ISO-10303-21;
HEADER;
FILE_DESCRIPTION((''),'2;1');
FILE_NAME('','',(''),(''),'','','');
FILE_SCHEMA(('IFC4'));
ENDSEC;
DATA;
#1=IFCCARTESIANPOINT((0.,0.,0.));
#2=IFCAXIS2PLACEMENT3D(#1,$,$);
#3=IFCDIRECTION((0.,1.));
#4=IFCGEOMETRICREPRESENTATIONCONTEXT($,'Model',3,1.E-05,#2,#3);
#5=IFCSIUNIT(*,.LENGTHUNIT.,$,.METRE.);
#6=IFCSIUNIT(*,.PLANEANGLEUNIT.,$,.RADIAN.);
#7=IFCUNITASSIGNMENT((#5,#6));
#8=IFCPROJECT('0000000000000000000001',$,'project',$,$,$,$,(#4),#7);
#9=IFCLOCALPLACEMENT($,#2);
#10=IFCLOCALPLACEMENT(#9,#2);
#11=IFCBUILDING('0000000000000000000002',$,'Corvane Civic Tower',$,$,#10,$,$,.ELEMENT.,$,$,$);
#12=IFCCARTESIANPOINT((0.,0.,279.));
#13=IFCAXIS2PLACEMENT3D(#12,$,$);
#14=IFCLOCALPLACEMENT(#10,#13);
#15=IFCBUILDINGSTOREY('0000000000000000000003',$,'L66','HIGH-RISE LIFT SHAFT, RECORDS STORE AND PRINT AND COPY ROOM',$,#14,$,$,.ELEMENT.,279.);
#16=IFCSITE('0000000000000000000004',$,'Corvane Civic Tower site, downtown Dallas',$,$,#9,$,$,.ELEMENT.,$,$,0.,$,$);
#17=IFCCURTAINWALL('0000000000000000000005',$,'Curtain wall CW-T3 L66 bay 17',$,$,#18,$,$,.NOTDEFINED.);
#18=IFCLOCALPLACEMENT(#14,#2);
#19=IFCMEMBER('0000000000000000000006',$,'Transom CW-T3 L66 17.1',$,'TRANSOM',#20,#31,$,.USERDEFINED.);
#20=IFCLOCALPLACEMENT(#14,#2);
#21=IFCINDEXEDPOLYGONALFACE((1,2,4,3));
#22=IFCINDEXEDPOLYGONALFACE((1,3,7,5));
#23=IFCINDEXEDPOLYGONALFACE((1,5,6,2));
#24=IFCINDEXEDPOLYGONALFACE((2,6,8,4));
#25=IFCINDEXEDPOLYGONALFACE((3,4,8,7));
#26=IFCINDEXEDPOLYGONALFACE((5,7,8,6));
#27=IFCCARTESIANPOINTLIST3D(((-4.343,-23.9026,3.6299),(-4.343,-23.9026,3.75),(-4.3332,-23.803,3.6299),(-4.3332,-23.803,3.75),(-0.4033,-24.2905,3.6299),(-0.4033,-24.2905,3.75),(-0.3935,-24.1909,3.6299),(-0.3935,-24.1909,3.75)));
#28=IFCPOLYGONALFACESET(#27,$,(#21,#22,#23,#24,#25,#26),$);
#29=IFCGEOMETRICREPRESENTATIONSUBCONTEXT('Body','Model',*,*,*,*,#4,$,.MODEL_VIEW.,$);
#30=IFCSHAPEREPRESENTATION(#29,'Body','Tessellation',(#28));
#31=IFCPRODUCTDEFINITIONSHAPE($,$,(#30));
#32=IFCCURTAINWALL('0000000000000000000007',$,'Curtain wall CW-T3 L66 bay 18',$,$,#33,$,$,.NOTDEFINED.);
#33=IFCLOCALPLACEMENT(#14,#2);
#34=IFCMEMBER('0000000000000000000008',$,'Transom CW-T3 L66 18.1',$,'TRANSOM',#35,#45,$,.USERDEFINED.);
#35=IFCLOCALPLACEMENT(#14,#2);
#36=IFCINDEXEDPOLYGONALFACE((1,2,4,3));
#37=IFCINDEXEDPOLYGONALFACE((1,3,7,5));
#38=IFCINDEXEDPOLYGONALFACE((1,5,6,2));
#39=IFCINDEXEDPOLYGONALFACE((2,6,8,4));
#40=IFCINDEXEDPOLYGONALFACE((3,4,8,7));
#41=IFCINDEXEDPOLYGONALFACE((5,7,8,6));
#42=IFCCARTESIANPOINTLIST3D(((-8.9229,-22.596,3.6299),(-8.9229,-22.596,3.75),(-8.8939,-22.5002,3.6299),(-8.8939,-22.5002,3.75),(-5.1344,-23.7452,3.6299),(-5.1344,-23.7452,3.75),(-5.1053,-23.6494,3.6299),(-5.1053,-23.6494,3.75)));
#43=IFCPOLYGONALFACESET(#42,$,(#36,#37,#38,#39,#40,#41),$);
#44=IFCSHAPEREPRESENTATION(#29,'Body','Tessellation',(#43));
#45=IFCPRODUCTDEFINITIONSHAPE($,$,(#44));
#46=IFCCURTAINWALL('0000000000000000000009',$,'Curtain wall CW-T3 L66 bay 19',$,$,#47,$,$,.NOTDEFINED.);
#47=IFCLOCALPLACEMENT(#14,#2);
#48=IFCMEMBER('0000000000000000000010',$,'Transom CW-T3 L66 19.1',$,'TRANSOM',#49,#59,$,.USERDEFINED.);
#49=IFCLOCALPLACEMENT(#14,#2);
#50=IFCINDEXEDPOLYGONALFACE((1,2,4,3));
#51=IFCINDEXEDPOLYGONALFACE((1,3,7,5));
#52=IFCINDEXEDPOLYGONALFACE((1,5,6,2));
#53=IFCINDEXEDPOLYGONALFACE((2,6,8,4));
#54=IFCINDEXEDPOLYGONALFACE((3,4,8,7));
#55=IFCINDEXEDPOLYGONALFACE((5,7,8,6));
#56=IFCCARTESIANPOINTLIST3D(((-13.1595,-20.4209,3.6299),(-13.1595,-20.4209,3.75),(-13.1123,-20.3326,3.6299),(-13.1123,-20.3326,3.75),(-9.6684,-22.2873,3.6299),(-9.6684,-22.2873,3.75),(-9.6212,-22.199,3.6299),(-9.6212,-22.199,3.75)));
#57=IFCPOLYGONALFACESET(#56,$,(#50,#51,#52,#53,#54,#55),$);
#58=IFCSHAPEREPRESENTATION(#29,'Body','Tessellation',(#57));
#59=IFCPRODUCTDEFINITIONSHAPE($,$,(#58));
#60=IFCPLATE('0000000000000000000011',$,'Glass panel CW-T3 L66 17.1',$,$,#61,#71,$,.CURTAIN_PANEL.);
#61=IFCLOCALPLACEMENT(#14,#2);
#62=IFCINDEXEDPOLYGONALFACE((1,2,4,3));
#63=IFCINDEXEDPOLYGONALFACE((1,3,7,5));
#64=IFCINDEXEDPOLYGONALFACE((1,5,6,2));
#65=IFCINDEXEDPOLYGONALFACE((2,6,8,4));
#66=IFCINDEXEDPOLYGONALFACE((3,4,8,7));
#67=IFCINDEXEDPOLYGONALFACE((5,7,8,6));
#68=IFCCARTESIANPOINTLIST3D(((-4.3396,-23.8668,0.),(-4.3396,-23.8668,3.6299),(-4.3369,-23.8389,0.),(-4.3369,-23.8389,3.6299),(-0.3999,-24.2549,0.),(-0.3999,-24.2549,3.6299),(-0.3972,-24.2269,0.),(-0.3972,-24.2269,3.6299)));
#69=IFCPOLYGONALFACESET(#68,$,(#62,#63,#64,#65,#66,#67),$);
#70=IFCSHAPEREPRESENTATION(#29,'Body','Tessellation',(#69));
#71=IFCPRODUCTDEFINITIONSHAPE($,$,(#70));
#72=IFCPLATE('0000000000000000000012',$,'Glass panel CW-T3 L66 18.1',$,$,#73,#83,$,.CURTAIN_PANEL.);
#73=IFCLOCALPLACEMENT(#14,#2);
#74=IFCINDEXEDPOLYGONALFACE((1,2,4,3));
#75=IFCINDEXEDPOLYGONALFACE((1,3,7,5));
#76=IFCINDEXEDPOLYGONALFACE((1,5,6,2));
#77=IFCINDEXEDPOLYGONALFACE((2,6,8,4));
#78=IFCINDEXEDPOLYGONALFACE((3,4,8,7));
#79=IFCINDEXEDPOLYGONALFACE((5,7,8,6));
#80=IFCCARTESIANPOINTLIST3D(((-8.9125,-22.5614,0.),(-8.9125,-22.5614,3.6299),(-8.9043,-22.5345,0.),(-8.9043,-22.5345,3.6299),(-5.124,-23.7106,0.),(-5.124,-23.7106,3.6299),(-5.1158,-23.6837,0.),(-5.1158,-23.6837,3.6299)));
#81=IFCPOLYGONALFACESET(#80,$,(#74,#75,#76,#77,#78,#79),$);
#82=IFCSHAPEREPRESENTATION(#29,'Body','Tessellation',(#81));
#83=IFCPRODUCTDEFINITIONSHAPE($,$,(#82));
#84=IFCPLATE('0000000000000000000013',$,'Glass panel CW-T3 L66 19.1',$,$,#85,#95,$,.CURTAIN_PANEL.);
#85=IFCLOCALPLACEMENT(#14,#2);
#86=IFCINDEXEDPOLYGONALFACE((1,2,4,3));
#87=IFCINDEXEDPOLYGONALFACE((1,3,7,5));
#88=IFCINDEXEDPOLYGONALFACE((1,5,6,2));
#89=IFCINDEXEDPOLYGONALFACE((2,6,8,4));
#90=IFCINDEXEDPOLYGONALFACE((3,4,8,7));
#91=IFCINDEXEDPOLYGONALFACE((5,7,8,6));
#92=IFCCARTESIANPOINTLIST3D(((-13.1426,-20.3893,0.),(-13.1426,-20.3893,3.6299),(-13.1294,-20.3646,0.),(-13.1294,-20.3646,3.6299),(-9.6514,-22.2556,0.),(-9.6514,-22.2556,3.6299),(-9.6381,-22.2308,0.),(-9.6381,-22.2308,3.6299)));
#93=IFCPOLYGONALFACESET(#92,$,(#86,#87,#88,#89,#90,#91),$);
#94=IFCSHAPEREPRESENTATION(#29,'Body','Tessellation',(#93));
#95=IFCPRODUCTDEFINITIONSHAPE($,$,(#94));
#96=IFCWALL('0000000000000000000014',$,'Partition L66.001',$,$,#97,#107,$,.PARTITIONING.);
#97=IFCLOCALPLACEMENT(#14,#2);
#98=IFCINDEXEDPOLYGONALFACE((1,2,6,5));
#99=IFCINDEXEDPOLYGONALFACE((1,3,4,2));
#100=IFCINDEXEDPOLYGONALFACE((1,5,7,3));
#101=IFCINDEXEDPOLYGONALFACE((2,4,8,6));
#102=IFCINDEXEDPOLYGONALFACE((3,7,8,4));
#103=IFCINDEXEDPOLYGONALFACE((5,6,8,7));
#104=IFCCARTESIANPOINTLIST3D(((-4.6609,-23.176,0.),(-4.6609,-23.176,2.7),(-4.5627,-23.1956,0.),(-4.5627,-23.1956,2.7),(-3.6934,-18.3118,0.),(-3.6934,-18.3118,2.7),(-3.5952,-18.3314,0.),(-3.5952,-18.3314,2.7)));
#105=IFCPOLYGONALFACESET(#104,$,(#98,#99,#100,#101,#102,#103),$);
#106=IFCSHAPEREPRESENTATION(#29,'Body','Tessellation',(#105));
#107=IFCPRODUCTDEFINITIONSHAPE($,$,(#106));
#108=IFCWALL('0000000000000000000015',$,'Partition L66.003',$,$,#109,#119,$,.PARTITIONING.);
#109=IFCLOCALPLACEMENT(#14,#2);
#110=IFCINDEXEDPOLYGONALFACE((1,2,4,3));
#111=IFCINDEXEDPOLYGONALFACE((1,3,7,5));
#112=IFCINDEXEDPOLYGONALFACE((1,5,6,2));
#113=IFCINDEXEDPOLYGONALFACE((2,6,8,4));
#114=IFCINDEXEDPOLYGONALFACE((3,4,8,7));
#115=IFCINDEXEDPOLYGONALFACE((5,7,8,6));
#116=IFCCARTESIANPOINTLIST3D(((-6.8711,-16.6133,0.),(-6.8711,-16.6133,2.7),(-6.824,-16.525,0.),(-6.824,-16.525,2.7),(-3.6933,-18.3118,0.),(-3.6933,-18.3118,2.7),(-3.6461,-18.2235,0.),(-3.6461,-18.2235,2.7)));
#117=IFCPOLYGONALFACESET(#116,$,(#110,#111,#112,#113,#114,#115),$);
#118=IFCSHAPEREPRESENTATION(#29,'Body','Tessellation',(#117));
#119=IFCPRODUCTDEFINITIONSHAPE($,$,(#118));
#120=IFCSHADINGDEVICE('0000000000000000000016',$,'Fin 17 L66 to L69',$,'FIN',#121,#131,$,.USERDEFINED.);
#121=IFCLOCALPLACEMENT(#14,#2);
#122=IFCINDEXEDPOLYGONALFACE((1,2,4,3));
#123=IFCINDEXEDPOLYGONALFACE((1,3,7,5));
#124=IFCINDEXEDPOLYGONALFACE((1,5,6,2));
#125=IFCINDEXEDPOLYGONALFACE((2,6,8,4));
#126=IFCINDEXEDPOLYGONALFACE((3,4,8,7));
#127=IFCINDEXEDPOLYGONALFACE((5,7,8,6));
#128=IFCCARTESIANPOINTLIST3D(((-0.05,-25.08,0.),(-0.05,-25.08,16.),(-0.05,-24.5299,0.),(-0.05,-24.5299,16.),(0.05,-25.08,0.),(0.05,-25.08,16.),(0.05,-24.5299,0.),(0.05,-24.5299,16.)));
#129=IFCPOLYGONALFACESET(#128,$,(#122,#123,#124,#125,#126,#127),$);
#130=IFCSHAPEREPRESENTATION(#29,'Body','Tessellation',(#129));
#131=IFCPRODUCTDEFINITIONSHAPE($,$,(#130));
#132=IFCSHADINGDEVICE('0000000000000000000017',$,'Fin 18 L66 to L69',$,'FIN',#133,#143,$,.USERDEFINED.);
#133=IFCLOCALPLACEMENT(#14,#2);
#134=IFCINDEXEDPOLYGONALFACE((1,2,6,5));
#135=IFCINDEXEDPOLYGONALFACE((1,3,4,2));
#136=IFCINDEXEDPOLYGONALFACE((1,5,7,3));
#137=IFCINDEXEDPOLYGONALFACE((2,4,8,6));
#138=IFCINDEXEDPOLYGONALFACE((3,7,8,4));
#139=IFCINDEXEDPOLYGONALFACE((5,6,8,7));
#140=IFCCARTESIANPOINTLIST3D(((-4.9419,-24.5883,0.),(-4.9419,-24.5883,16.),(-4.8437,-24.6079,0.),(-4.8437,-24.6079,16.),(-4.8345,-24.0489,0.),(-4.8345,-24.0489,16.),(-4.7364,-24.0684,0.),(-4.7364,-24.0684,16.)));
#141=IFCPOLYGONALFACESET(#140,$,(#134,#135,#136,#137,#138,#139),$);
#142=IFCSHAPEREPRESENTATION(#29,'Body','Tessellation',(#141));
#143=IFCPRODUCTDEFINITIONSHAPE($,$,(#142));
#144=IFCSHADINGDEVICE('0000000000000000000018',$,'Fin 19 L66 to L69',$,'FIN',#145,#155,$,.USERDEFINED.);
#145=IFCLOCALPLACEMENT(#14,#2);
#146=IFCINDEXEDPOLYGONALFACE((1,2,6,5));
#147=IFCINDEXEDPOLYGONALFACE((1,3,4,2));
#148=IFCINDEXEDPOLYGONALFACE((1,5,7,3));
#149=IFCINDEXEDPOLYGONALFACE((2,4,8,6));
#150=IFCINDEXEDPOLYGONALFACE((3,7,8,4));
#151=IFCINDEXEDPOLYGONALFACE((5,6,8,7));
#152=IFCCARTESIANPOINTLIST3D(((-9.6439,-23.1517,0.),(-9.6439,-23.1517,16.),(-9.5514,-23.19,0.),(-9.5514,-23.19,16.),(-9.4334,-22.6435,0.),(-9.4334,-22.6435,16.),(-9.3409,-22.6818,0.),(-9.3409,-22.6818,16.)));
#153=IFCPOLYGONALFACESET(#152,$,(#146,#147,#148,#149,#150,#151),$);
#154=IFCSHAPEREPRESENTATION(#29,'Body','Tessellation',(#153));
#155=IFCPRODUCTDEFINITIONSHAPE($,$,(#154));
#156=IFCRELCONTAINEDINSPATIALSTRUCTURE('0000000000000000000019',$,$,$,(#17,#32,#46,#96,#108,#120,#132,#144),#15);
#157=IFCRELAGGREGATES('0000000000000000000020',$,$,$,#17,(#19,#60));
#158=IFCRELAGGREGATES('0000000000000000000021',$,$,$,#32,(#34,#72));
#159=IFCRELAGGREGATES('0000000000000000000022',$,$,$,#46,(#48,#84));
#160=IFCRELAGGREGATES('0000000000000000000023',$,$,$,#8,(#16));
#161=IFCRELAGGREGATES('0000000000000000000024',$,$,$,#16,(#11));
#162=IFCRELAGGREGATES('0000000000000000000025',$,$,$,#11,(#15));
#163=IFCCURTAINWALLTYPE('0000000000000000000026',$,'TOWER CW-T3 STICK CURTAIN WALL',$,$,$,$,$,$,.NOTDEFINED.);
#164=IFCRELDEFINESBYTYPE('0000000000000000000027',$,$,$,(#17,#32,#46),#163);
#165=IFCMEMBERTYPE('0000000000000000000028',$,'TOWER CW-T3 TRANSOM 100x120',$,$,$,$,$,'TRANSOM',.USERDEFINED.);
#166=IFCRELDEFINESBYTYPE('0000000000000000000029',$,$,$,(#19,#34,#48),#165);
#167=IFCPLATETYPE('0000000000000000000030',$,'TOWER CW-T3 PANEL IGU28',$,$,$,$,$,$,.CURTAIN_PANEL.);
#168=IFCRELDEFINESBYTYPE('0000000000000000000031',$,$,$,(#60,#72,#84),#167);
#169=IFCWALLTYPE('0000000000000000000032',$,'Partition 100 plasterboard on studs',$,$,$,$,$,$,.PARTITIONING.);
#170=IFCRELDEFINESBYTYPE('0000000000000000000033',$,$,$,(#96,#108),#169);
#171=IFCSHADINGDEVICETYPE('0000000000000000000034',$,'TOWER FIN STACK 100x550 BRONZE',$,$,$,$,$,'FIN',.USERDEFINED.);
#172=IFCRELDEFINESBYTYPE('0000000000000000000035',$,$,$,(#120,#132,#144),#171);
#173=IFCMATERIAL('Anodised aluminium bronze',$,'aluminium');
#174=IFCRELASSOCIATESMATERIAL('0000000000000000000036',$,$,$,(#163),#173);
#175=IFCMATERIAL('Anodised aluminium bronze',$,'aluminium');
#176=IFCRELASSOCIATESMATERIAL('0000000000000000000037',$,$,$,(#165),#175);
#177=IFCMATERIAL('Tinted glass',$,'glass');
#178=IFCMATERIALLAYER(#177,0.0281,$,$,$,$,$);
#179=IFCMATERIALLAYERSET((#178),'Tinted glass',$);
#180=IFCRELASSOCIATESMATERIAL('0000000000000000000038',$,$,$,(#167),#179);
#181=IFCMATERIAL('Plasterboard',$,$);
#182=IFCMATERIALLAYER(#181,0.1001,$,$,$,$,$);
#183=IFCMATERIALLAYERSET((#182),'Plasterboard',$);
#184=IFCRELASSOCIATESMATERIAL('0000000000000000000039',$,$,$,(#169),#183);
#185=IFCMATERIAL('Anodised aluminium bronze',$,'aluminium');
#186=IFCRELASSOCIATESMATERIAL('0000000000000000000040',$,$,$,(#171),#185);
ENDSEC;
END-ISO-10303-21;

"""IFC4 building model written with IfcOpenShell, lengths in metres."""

from ifc_helpers import new_model, si_unit, direction, frame, frame_2d, origin, origin_2d, place, context, subcontext, project, spatial, rectangle, extrude, material, layer, layer_set, material_profile, profile_set, type_object, element, aggregate, save


model = new_model("IFC4")

# Units and contexts
model_context = context("Model", 3, precision=1e-05, world=origin(), true_north=direction((0.0, 1.0)))
body_context = subcontext(model_context, "Body", "Model", "MODEL_VIEW")
ifc_project = project(units=[si_unit("LENGTHUNIT", "METRE"), si_unit("PLANEANGLEUNIT", "RADIAN")], contexts=[model_context])

# Site, building, storey
site_placement = place(None, origin())
site = spatial("IfcSite", under=ifc_project, at=site_placement, Name="Corvane Civic Tower site, downtown Dallas", CompositionType="ELEMENT", RefElevation=0.0)
building_placement = place(site_placement, origin())
building = spatial("IfcBuilding", under=site, at=building_placement, Name="Corvane Civic Tower", CompositionType="ELEMENT")
storey_placement = place(building_placement, frame((0.0, 0.0, 279.0)))
storey = spatial("IfcBuildingStorey", under=building, at=storey_placement, Name="L66", Description="HIGH-RISE LIFT SHAFT, RECORDS STORE AND PRINT AND COPY ROOM", CompositionType="ELEMENT", Elevation=279.0)

# Curtain walls, members
ifc_material_1 = material(Name="Anodised aluminium bronze", Category="aluminium")
curtain_wall_type = type_object("IfcCurtainWallType", Name="TOWER CW-T3 STICK CURTAIN WALL", PredefinedType="NOTDEFINED", material=ifc_material_1)
curtain_wall_1_placement = place(storey_placement, origin())
curtain_wall_1 = element("IfcCurtainWall", 1, at=curtain_wall_1_placement, inside=storey, type_object=curtain_wall_type, Name="Curtain wall CW-T3 L66 bay 17", PredefinedType="NOTDEFINED")
ifc_material_2 = material(Name="Anodised aluminium bronze", Category="aluminium")
ifc_material_profile_1 = material_profile(ifc_material_2, rectangle(XDim=0.1001, YDim=0.1201, at=origin_2d()), Name="TOWER CW-T3 TRANSOM 100x120")
ifc_profile_set_1 = profile_set([ifc_material_profile_1], Name="Anodised aluminium bronze")
member_type = type_object("IfcMemberType", Name="TOWER CW-T3 TRANSOM 100x120", ElementType="TRANSOM", PredefinedType="USERDEFINED", material=ifc_profile_set_1)
member_1_placement = place(storey_placement, frame((-0.3984, -24.2407, 3.6899), z_axis=(-0.995187, 0.097995, 0.0), x_axis=(-0.097995, -0.995187, 0.0)))
member_1 = element("IfcMember", 2, at=member_1_placement, type_object=member_type, Name="Transom CW-T3 L66 17.1", ObjectType="TRANSOM", PredefinedType="USERDEFINED", context=body_context, shape_type="SweptSolid", body=[
    extrude(rectangle(XDim=0.1001, YDim=0.1201, at=origin_2d()), origin(), (0.0, 0.0, 1.0), 3.9587),
])
curtain_wall_2_placement = place(storey_placement, origin())
curtain_wall_2 = element("IfcCurtainWall", 3, at=curtain_wall_2_placement, inside=storey, type_object=curtain_wall_type, Name="Curtain wall CW-T3 L66 bay 18", PredefinedType="NOTDEFINED")
member_2_placement = place(storey_placement, frame((-5.1199, -23.6973, 3.6899), z_axis=(-0.956946, 0.290266, 0.0), x_axis=(-0.290266, -0.956946, 0.0)))
member_2 = element("IfcMember", 4, at=member_2_placement, type_object=member_type, Name="Transom CW-T3 L66 18.1", ObjectType="TRANSOM", PredefinedType="USERDEFINED", context=body_context, shape_type="SweptSolid", body=[
    extrude(rectangle(XDim=0.1001, YDim=0.1201, at=origin_2d()), origin(), (0.0, 0.0, 1.0), 3.959),
])
curtain_wall_3_placement = place(storey_placement, origin())
curtain_wall_3 = element("IfcCurtainWall", 5, at=curtain_wall_3_placement, inside=storey, type_object=curtain_wall_type, Name="Curtain wall CW-T3 L66 bay 19", PredefinedType="NOTDEFINED")
member_3_placement = place(storey_placement, frame((-9.6448, -22.2432, 3.6899), z_axis=(-0.881883, 0.471468, 0.0), x_axis=(-0.471468, -0.881883, 0.0)))
member_3 = element("IfcMember", 6, at=member_3_placement, type_object=member_type, Name="Transom CW-T3 L66 19.1", ObjectType="TRANSOM", PredefinedType="USERDEFINED", context=body_context, shape_type="SweptSolid", body=[
    extrude(rectangle(XDim=0.1001, YDim=0.1201, at=origin_2d()), origin(), (0.0, 0.0, 1.0), 3.9587),
])

# Plates
ifc_material_3 = material(Name="Tinted glass", Category="glass")
ifc_layer_1 = layer(ifc_material_3, 0.0281)
ifc_layer_set_1 = layer_set([ifc_layer_1], Name="Tinted glass")
plate_type = type_object("IfcPlateType", Name="TOWER CW-T3 PANEL IGU28", PredefinedType="CURTAIN_PANEL", material=ifc_layer_set_1)
plate_1_placement = place(storey_placement, frame((-2.3684, -24.0469, 0.0), z_axis=(0.0, 0.0, 1.0), x_axis=(-0.995184, 0.098021, 0.0)))
plate_1 = element("IfcPlate", 7, at=plate_1_placement, type_object=plate_type, Name="Glass panel CW-T3 L66 17.1", PredefinedType="CURTAIN_PANEL", context=body_context, shape_type="SweptSolid", body=[
    extrude(rectangle(XDim=3.9587, YDim=0.0281, at=origin_2d()), origin(), (0.0, 0.0, 1.0), 3.6299),
])
aggregate(curtain_wall_1, [member_1, plate_1])
plate_2_placement = place(storey_placement, frame((-7.0142, -23.1226, 0.0), z_axis=(0.0, 0.0, 1.0), x_axis=(-0.956944, 0.290274, 0.0)))
plate_2 = element("IfcPlate", 8, at=plate_2_placement, type_object=plate_type, Name="Glass panel CW-T3 L66 18.1", PredefinedType="CURTAIN_PANEL", context=body_context, shape_type="SweptSolid", body=[
    extrude(rectangle(XDim=3.959, YDim=0.0281, at=origin_2d()), origin(), (0.0, 0.0, 1.0), 3.6299),
])
aggregate(curtain_wall_2, [member_2, plate_2])
plate_3_placement = place(storey_placement, frame((-11.3904, -21.3101, 0.0), z_axis=(0.0, 0.0, 1.0), x_axis=(-0.881908, 0.471421, 0.0)))
plate_3 = element("IfcPlate", 9, at=plate_3_placement, type_object=plate_type, Name="Glass panel CW-T3 L66 19.1", PredefinedType="CURTAIN_PANEL", context=body_context, shape_type="SweptSolid", body=[
    extrude(rectangle(XDim=3.9587, YDim=0.0281, at=origin_2d()), origin(), (0.0, 0.0, 1.0), 3.6299),
])
aggregate(curtain_wall_3, [member_3, plate_3])

# Walls
ifc_material_4 = material(Name="Plasterboard")
ifc_layer_2 = layer(ifc_material_4, 0.1001)
ifc_layer_set_2 = layer_set([ifc_layer_2], Name="Plasterboard")
wall_type = type_object("IfcWallType", Name="Partition 100 plasterboard on studs", PredefinedType="PARTITIONING", material=ifc_layer_set_2)
wall_1_placement = place(storey_placement, frame((-4.6118, -23.1858, 0.0), z_axis=(0.0, 0.0, 1.0), x_axis=(0.195084, 0.980787, 0.0)))
element("IfcWall", 10, at=wall_1_placement, inside=storey, type_object=wall_type, Name="Partition L66.001", PredefinedType="PARTITIONING", context=body_context, shape_type="SweptSolid", body=[
    extrude(rectangle(XDim=4.9595, YDim=0.1001, at=frame_2d((2.4797, 0.0))), origin(), (0.0, 0.0, 1.0), 2.7),
])
wall_2_placement = place(storey_placement, frame((-6.8477, -16.5691, 0.0), z_axis=(0.0, 0.0, 1.0), x_axis=(0.881927, -0.471386, 0.0)))
element("IfcWall", 11, at=wall_2_placement, inside=storey, type_object=wall_type, Name="Partition L66.003", PredefinedType="PARTITIONING", context=body_context, shape_type="SweptSolid", body=[
    extrude(rectangle(XDim=3.6033, YDim=0.1001, at=frame_2d((1.8018, 0.0))), origin(), (0.0, 0.0, 1.0), 2.7),
])

# Shading devices
ifc_material_5 = material(Name="Anodised aluminium bronze", Category="aluminium")
ifc_material_profile_2 = material_profile(ifc_material_5, rectangle(XDim=0.1001, YDim=0.55, at=origin_2d()), Name="TOWER FIN STACK 100x550 BRONZE")
ifc_profile_set_2 = profile_set([ifc_material_profile_2], Name="Anodised aluminium bronze")
shading_device_type = type_object("IfcShadingDeviceType", Name="TOWER FIN STACK 100x550 BRONZE", ElementType="FIN", PredefinedType="USERDEFINED", material=ifc_profile_set_2)
for number, where, z_axis, x_axis, name in (
    (12, (0.0, -24.8049, 0.0), (0.0, 0.0, 1.0), (-1.0, 0.0, 0.0), "Fin 17 L66 to L69"),
    (13, (-4.8391, -24.3284, 0.0), (0.0, 0.0, 1.0), (-0.980785, 0.19509, 0.0), "Fin 18 L66 to L69"),
    (14, (-9.4924, -22.9167, 0.0), (0.0, 0.0, 1.0), (-0.92388, 0.382683, 0.0), "Fin 19 L66 to L69"),
):
    element("IfcShadingDevice", number, at=place(storey_placement, frame(where, z_axis=z_axis, x_axis=x_axis)), inside=storey, type_object=shading_device_type, Name=name, ObjectType="FIN", PredefinedType="USERDEFINED", context=body_context, shape_type="SweptSolid", body=[
        extrude(rectangle(XDim=0.1001, YDim=0.55, at=origin_2d()), origin(), (0.0, 0.0, 1.0), 16.0),
    ])

save(model, "model.ifc")
